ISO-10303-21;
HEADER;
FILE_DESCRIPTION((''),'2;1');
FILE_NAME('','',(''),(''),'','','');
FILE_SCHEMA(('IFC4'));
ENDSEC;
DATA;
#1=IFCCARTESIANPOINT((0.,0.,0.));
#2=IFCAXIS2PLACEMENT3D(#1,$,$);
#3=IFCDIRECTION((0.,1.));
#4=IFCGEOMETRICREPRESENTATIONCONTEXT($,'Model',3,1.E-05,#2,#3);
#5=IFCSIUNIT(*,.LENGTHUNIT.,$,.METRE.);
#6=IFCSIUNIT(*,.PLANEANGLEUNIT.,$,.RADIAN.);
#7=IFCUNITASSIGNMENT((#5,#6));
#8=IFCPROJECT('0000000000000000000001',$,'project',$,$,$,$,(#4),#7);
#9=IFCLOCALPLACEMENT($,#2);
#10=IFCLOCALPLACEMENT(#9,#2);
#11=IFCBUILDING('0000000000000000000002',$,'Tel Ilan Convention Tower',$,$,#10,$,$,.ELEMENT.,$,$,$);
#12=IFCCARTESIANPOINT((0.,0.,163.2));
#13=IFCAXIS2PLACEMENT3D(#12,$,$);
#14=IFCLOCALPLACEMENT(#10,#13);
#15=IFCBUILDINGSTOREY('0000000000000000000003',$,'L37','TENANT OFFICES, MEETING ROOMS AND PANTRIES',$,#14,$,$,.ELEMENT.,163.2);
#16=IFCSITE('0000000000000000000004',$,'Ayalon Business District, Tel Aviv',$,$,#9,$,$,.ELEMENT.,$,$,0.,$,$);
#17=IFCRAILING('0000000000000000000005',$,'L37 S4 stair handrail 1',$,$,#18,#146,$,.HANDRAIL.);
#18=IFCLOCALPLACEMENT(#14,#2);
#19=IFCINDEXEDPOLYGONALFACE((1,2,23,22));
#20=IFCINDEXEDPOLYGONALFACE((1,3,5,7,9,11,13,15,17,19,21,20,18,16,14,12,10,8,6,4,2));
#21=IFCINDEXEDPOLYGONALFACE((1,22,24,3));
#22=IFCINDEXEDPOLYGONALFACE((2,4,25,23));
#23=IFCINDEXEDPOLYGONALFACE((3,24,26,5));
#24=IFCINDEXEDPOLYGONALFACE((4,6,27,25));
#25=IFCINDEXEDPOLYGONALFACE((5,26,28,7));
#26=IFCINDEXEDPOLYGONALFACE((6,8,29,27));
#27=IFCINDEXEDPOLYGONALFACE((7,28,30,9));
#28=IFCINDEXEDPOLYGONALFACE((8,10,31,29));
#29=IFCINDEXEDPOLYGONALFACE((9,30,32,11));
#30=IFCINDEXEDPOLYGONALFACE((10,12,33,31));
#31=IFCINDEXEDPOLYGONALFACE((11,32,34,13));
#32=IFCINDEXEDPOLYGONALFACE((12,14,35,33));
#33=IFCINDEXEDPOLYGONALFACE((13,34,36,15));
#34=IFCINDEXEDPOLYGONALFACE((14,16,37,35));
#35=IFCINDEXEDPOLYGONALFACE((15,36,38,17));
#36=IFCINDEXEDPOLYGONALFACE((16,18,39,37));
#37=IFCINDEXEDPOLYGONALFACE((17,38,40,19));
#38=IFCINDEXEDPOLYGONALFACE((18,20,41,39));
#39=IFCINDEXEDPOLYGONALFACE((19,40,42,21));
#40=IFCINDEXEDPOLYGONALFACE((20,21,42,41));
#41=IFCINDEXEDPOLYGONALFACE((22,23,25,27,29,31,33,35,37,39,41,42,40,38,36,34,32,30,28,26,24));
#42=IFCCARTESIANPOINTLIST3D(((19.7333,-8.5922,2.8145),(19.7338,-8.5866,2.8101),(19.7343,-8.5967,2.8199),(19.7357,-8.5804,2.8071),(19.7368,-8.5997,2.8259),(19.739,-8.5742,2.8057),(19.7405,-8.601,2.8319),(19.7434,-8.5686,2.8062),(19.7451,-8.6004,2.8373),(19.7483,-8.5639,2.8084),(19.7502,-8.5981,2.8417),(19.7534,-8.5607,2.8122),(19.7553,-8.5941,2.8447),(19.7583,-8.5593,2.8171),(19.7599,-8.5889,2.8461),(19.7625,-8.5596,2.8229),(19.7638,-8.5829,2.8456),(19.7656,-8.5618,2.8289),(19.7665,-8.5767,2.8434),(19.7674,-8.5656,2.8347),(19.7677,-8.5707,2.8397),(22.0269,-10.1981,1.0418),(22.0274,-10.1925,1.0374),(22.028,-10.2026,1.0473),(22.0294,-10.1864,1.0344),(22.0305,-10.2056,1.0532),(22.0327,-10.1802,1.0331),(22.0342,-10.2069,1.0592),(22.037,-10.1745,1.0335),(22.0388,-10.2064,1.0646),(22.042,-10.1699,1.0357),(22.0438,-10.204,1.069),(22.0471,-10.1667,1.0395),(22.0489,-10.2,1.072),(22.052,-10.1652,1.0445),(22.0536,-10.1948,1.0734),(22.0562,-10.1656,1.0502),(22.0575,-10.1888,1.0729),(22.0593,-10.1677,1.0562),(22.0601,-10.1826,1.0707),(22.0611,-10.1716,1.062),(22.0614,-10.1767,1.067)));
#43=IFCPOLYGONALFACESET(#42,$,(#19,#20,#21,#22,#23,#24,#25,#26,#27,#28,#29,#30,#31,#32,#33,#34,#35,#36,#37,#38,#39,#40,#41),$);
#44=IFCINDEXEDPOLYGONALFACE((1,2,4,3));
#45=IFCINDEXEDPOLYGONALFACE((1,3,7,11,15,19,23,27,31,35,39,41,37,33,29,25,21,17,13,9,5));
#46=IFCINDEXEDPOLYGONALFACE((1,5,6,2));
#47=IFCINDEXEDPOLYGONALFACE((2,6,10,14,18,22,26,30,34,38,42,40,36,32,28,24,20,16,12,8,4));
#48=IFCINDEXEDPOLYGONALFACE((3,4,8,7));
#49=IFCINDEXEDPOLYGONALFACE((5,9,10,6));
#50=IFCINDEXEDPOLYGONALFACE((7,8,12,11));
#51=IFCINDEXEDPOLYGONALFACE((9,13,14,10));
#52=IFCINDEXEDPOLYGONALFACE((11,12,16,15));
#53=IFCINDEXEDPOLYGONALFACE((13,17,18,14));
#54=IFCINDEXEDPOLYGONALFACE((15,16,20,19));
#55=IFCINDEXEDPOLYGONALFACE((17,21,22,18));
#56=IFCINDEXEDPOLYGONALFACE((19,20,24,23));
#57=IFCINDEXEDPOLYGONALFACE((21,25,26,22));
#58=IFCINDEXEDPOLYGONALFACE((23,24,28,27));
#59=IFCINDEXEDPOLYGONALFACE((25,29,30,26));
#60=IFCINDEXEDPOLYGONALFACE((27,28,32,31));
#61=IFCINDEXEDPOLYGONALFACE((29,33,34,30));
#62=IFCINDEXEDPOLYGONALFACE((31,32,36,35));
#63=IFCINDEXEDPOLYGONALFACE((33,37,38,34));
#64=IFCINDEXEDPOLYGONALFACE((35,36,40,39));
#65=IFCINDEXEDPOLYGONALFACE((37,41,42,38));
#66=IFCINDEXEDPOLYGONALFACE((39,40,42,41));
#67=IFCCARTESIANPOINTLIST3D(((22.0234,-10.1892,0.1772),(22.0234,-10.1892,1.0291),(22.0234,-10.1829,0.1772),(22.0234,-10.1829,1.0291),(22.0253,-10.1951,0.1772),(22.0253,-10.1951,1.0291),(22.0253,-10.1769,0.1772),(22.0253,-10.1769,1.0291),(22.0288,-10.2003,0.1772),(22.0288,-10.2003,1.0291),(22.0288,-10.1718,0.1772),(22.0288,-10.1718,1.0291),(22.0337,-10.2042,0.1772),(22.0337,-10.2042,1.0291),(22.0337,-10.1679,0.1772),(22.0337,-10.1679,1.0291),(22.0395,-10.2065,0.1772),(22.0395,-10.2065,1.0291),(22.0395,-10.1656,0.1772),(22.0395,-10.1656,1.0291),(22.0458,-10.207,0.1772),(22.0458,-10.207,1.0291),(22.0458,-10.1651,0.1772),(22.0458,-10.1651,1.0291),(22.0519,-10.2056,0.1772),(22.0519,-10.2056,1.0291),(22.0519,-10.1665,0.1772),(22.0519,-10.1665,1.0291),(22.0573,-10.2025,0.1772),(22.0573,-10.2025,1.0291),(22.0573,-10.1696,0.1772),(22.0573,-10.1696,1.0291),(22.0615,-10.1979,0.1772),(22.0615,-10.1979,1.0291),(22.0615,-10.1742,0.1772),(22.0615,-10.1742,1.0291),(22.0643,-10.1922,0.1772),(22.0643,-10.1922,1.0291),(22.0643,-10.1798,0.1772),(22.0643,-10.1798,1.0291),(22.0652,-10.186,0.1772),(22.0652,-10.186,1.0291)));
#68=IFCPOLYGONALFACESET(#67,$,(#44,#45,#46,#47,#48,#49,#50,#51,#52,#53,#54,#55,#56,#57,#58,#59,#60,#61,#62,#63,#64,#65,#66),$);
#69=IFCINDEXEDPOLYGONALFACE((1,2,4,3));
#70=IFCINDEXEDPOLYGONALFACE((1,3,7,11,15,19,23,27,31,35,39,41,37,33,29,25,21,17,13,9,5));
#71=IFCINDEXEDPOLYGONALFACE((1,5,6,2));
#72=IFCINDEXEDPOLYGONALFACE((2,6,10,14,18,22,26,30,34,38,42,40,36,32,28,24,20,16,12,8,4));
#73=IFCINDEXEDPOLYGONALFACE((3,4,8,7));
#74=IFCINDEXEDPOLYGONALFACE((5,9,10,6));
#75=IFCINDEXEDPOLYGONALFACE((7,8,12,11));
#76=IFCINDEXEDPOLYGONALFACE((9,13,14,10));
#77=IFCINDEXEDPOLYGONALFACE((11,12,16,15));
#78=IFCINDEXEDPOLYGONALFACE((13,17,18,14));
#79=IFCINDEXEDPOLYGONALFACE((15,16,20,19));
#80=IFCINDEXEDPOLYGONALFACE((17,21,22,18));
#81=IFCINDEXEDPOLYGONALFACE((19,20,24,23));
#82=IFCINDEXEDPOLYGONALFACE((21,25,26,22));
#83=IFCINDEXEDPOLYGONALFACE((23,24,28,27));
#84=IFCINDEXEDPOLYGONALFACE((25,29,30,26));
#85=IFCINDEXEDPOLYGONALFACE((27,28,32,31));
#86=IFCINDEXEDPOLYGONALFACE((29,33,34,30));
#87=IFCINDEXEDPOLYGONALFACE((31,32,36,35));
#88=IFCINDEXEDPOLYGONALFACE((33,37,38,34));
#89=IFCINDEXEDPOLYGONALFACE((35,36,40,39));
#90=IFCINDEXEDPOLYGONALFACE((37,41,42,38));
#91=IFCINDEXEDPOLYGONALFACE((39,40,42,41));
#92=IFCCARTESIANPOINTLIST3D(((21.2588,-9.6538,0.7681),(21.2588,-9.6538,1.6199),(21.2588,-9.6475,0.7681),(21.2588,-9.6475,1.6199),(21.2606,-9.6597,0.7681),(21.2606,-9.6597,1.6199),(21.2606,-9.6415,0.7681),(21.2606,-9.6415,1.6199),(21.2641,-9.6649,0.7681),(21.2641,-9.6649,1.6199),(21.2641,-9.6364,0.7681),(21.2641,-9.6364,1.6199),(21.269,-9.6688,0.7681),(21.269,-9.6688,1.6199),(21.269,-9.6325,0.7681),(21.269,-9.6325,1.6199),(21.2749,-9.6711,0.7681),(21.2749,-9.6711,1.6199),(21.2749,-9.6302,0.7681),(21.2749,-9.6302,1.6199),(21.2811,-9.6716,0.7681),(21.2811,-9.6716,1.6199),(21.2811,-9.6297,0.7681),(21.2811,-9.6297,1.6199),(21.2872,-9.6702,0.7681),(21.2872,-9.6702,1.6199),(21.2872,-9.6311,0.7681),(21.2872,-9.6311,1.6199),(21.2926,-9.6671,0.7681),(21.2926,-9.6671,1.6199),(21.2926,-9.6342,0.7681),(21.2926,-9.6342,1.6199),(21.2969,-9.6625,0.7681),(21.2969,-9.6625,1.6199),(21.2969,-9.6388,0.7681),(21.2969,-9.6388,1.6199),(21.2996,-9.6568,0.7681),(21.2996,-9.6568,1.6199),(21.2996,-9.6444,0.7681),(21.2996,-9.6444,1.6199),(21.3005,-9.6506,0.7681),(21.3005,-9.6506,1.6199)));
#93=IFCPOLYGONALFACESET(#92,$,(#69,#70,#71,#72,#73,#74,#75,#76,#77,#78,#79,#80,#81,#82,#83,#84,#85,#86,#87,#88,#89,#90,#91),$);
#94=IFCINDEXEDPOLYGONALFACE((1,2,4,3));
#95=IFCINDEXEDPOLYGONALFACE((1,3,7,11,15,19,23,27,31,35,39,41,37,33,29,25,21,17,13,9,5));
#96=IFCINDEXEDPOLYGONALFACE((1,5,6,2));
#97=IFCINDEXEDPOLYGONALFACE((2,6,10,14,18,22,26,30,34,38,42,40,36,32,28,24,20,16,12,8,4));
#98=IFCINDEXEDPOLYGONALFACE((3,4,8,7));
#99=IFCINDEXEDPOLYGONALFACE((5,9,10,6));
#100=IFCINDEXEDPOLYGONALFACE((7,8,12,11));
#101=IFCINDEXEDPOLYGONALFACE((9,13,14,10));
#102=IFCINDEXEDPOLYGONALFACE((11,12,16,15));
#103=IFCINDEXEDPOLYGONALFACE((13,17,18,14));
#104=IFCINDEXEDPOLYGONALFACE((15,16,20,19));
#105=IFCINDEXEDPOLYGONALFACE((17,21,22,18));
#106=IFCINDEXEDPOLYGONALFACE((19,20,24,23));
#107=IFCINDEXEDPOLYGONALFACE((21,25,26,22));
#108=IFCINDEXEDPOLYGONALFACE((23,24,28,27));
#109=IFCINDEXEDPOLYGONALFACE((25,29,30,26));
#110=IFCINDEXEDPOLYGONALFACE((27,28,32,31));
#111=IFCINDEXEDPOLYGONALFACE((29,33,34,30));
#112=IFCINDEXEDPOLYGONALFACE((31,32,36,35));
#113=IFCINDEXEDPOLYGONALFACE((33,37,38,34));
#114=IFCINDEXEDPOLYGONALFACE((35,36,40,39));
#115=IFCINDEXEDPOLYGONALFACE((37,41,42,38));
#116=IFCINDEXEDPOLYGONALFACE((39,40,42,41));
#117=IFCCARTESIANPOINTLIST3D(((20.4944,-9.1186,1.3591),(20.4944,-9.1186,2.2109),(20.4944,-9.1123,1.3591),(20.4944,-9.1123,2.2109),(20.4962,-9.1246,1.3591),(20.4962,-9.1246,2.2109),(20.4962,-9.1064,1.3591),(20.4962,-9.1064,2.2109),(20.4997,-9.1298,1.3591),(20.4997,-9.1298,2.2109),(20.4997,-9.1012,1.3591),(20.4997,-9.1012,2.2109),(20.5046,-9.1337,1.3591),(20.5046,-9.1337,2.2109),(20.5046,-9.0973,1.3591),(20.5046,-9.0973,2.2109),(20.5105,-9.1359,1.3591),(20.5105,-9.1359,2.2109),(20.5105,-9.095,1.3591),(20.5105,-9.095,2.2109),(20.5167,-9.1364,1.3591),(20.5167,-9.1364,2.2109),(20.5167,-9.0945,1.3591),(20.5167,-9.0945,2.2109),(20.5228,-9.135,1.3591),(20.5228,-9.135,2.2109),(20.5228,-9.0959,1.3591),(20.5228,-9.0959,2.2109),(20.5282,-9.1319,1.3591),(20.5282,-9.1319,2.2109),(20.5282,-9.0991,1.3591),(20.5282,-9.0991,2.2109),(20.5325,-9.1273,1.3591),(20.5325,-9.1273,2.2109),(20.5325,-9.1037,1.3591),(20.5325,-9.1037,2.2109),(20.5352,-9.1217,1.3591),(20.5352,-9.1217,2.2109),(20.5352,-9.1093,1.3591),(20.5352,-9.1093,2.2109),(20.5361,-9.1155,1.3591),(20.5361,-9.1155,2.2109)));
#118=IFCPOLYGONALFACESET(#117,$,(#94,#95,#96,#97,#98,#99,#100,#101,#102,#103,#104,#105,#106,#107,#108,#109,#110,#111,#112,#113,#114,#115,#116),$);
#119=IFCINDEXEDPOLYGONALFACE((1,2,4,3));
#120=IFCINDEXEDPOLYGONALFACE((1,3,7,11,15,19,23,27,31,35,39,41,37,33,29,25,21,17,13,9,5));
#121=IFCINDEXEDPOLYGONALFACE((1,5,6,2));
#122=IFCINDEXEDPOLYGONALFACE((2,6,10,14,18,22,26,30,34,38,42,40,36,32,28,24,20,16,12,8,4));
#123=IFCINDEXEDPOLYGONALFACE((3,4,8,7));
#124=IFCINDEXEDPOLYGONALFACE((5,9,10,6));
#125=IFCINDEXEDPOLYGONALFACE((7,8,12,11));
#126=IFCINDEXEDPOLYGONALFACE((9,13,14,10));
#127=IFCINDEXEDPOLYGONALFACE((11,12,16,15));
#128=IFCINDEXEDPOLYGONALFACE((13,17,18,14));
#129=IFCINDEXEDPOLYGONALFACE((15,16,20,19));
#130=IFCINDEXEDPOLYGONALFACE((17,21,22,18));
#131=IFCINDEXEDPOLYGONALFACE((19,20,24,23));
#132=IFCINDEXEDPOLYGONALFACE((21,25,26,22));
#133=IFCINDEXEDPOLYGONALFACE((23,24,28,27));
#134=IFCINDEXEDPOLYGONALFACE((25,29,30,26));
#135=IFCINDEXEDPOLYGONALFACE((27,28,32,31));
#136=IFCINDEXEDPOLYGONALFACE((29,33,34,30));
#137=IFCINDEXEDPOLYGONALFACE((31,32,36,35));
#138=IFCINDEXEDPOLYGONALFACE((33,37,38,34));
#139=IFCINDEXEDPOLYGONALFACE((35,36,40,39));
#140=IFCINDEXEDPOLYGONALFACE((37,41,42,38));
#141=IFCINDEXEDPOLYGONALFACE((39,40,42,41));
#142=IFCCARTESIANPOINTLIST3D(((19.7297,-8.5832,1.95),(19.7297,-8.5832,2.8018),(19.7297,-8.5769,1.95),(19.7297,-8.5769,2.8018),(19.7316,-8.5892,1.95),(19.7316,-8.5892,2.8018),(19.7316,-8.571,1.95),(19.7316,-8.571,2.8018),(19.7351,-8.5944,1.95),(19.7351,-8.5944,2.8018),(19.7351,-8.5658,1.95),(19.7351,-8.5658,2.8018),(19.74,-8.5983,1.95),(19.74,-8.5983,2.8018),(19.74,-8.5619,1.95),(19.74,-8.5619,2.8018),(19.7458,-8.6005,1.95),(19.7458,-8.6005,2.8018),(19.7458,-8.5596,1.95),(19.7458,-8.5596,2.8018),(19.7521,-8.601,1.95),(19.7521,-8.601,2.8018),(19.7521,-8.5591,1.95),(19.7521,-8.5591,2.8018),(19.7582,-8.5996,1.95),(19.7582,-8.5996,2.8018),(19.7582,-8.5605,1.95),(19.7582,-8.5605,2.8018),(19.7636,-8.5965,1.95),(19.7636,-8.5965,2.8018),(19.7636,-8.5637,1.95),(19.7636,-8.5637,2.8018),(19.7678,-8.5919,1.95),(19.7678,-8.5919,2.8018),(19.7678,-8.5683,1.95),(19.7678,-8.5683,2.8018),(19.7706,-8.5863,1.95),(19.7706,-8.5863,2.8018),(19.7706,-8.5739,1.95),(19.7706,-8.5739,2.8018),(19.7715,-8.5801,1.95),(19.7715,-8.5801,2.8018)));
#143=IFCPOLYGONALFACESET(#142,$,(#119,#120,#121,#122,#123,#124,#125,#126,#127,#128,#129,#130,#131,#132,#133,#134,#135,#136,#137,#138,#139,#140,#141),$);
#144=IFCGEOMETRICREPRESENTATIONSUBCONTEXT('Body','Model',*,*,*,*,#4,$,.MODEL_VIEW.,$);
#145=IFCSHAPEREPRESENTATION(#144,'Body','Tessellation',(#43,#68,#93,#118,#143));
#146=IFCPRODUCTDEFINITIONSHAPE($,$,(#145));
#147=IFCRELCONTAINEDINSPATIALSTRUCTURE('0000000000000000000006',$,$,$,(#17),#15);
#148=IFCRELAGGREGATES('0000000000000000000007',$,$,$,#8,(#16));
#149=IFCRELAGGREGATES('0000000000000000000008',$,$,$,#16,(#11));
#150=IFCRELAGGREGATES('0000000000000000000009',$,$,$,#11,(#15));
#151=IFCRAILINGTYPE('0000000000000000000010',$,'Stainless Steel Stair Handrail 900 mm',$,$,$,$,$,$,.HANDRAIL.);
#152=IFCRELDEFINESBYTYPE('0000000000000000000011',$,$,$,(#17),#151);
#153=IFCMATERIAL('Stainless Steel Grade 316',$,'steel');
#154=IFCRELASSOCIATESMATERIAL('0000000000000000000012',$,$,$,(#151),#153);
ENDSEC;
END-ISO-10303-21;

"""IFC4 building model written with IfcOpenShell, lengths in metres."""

from ifc_helpers import new_model, si_unit, direction, frame, origin, origin_2d, place, context, subcontext, project, spatial, circle, extrude, material, type_object, element, save


model = new_model("IFC4")

# Units and contexts
model_context = context("Model", 3, precision=1e-05, world=origin(), true_north=direction((0.0, 1.0)))
body_context = subcontext(model_context, "Body", "Model", "MODEL_VIEW")
ifc_project = project(units=[si_unit("LENGTHUNIT", "METRE"), si_unit("PLANEANGLEUNIT", "RADIAN")], contexts=[model_context])

# Site, building, storey
site_placement = place(None, origin())
site = spatial("IfcSite", under=ifc_project, at=site_placement, Name="Ayalon Business District, Tel Aviv", CompositionType="ELEMENT", RefElevation=0.0)
building_placement = place(site_placement, origin())
building = spatial("IfcBuilding", under=site, at=building_placement, Name="Tel Ilan Convention Tower", CompositionType="ELEMENT")
storey_placement = place(building_placement, frame((0.0, 0.0, 163.2)))
storey = spatial("IfcBuildingStorey", under=building, at=storey_placement, Name="L37", Description="TENANT OFFICES, MEETING ROOMS AND PANTRIES", CompositionType="ELEMENT", Elevation=163.2)

# Railing
ifc_material_1 = material(Name="Stainless Steel Grade 316", Category="steel")
railing_type_1 = type_object("IfcRailingType", Name="Stainless Steel Stair Handrail 900 mm", PredefinedType="HANDRAIL", material=ifc_material_1)
railing_1_placement = place(storey_placement, frame((22.0442, -10.186, 0.1772)))
element("IfcRailing", 1, at=railing_1_placement, inside=storey, type_object=railing_type_1, Name="L37 S4 stair handrail 1", PredefinedType="HANDRAIL", context=body_context, shape_type="SweptSolid", body=[
    extrude(circle(Radius=0.0239, at=origin_2d()), frame((0.0, 0.0, 0.876), z_axis=(-0.692123, 0.484597, 0.534913), x_axis=(-0.57355, -0.81917, 0.0)), (0.0, 0.0, 1.0), 3.314),
    extrude(circle(Radius=0.021, at=origin_2d()), origin(), (0.0, 0.0, 1.0), 0.8518),
    extrude(circle(Radius=0.021, at=origin_2d()), frame((-0.7646, 0.5354, 0.5908)), (0.0, 0.0, 1.0), 0.8518),
    extrude(circle(Radius=0.021, at=origin_2d()), frame((-1.5291, 1.0706, 1.1819)), (0.0, 0.0, 1.0), 0.8518),
    extrude(circle(Radius=0.021, at=origin_2d()), frame((-2.2937, 1.606, 1.7727)), (0.0, 0.0, 1.0), 0.8518),
])

save(model, "model.ifc")
